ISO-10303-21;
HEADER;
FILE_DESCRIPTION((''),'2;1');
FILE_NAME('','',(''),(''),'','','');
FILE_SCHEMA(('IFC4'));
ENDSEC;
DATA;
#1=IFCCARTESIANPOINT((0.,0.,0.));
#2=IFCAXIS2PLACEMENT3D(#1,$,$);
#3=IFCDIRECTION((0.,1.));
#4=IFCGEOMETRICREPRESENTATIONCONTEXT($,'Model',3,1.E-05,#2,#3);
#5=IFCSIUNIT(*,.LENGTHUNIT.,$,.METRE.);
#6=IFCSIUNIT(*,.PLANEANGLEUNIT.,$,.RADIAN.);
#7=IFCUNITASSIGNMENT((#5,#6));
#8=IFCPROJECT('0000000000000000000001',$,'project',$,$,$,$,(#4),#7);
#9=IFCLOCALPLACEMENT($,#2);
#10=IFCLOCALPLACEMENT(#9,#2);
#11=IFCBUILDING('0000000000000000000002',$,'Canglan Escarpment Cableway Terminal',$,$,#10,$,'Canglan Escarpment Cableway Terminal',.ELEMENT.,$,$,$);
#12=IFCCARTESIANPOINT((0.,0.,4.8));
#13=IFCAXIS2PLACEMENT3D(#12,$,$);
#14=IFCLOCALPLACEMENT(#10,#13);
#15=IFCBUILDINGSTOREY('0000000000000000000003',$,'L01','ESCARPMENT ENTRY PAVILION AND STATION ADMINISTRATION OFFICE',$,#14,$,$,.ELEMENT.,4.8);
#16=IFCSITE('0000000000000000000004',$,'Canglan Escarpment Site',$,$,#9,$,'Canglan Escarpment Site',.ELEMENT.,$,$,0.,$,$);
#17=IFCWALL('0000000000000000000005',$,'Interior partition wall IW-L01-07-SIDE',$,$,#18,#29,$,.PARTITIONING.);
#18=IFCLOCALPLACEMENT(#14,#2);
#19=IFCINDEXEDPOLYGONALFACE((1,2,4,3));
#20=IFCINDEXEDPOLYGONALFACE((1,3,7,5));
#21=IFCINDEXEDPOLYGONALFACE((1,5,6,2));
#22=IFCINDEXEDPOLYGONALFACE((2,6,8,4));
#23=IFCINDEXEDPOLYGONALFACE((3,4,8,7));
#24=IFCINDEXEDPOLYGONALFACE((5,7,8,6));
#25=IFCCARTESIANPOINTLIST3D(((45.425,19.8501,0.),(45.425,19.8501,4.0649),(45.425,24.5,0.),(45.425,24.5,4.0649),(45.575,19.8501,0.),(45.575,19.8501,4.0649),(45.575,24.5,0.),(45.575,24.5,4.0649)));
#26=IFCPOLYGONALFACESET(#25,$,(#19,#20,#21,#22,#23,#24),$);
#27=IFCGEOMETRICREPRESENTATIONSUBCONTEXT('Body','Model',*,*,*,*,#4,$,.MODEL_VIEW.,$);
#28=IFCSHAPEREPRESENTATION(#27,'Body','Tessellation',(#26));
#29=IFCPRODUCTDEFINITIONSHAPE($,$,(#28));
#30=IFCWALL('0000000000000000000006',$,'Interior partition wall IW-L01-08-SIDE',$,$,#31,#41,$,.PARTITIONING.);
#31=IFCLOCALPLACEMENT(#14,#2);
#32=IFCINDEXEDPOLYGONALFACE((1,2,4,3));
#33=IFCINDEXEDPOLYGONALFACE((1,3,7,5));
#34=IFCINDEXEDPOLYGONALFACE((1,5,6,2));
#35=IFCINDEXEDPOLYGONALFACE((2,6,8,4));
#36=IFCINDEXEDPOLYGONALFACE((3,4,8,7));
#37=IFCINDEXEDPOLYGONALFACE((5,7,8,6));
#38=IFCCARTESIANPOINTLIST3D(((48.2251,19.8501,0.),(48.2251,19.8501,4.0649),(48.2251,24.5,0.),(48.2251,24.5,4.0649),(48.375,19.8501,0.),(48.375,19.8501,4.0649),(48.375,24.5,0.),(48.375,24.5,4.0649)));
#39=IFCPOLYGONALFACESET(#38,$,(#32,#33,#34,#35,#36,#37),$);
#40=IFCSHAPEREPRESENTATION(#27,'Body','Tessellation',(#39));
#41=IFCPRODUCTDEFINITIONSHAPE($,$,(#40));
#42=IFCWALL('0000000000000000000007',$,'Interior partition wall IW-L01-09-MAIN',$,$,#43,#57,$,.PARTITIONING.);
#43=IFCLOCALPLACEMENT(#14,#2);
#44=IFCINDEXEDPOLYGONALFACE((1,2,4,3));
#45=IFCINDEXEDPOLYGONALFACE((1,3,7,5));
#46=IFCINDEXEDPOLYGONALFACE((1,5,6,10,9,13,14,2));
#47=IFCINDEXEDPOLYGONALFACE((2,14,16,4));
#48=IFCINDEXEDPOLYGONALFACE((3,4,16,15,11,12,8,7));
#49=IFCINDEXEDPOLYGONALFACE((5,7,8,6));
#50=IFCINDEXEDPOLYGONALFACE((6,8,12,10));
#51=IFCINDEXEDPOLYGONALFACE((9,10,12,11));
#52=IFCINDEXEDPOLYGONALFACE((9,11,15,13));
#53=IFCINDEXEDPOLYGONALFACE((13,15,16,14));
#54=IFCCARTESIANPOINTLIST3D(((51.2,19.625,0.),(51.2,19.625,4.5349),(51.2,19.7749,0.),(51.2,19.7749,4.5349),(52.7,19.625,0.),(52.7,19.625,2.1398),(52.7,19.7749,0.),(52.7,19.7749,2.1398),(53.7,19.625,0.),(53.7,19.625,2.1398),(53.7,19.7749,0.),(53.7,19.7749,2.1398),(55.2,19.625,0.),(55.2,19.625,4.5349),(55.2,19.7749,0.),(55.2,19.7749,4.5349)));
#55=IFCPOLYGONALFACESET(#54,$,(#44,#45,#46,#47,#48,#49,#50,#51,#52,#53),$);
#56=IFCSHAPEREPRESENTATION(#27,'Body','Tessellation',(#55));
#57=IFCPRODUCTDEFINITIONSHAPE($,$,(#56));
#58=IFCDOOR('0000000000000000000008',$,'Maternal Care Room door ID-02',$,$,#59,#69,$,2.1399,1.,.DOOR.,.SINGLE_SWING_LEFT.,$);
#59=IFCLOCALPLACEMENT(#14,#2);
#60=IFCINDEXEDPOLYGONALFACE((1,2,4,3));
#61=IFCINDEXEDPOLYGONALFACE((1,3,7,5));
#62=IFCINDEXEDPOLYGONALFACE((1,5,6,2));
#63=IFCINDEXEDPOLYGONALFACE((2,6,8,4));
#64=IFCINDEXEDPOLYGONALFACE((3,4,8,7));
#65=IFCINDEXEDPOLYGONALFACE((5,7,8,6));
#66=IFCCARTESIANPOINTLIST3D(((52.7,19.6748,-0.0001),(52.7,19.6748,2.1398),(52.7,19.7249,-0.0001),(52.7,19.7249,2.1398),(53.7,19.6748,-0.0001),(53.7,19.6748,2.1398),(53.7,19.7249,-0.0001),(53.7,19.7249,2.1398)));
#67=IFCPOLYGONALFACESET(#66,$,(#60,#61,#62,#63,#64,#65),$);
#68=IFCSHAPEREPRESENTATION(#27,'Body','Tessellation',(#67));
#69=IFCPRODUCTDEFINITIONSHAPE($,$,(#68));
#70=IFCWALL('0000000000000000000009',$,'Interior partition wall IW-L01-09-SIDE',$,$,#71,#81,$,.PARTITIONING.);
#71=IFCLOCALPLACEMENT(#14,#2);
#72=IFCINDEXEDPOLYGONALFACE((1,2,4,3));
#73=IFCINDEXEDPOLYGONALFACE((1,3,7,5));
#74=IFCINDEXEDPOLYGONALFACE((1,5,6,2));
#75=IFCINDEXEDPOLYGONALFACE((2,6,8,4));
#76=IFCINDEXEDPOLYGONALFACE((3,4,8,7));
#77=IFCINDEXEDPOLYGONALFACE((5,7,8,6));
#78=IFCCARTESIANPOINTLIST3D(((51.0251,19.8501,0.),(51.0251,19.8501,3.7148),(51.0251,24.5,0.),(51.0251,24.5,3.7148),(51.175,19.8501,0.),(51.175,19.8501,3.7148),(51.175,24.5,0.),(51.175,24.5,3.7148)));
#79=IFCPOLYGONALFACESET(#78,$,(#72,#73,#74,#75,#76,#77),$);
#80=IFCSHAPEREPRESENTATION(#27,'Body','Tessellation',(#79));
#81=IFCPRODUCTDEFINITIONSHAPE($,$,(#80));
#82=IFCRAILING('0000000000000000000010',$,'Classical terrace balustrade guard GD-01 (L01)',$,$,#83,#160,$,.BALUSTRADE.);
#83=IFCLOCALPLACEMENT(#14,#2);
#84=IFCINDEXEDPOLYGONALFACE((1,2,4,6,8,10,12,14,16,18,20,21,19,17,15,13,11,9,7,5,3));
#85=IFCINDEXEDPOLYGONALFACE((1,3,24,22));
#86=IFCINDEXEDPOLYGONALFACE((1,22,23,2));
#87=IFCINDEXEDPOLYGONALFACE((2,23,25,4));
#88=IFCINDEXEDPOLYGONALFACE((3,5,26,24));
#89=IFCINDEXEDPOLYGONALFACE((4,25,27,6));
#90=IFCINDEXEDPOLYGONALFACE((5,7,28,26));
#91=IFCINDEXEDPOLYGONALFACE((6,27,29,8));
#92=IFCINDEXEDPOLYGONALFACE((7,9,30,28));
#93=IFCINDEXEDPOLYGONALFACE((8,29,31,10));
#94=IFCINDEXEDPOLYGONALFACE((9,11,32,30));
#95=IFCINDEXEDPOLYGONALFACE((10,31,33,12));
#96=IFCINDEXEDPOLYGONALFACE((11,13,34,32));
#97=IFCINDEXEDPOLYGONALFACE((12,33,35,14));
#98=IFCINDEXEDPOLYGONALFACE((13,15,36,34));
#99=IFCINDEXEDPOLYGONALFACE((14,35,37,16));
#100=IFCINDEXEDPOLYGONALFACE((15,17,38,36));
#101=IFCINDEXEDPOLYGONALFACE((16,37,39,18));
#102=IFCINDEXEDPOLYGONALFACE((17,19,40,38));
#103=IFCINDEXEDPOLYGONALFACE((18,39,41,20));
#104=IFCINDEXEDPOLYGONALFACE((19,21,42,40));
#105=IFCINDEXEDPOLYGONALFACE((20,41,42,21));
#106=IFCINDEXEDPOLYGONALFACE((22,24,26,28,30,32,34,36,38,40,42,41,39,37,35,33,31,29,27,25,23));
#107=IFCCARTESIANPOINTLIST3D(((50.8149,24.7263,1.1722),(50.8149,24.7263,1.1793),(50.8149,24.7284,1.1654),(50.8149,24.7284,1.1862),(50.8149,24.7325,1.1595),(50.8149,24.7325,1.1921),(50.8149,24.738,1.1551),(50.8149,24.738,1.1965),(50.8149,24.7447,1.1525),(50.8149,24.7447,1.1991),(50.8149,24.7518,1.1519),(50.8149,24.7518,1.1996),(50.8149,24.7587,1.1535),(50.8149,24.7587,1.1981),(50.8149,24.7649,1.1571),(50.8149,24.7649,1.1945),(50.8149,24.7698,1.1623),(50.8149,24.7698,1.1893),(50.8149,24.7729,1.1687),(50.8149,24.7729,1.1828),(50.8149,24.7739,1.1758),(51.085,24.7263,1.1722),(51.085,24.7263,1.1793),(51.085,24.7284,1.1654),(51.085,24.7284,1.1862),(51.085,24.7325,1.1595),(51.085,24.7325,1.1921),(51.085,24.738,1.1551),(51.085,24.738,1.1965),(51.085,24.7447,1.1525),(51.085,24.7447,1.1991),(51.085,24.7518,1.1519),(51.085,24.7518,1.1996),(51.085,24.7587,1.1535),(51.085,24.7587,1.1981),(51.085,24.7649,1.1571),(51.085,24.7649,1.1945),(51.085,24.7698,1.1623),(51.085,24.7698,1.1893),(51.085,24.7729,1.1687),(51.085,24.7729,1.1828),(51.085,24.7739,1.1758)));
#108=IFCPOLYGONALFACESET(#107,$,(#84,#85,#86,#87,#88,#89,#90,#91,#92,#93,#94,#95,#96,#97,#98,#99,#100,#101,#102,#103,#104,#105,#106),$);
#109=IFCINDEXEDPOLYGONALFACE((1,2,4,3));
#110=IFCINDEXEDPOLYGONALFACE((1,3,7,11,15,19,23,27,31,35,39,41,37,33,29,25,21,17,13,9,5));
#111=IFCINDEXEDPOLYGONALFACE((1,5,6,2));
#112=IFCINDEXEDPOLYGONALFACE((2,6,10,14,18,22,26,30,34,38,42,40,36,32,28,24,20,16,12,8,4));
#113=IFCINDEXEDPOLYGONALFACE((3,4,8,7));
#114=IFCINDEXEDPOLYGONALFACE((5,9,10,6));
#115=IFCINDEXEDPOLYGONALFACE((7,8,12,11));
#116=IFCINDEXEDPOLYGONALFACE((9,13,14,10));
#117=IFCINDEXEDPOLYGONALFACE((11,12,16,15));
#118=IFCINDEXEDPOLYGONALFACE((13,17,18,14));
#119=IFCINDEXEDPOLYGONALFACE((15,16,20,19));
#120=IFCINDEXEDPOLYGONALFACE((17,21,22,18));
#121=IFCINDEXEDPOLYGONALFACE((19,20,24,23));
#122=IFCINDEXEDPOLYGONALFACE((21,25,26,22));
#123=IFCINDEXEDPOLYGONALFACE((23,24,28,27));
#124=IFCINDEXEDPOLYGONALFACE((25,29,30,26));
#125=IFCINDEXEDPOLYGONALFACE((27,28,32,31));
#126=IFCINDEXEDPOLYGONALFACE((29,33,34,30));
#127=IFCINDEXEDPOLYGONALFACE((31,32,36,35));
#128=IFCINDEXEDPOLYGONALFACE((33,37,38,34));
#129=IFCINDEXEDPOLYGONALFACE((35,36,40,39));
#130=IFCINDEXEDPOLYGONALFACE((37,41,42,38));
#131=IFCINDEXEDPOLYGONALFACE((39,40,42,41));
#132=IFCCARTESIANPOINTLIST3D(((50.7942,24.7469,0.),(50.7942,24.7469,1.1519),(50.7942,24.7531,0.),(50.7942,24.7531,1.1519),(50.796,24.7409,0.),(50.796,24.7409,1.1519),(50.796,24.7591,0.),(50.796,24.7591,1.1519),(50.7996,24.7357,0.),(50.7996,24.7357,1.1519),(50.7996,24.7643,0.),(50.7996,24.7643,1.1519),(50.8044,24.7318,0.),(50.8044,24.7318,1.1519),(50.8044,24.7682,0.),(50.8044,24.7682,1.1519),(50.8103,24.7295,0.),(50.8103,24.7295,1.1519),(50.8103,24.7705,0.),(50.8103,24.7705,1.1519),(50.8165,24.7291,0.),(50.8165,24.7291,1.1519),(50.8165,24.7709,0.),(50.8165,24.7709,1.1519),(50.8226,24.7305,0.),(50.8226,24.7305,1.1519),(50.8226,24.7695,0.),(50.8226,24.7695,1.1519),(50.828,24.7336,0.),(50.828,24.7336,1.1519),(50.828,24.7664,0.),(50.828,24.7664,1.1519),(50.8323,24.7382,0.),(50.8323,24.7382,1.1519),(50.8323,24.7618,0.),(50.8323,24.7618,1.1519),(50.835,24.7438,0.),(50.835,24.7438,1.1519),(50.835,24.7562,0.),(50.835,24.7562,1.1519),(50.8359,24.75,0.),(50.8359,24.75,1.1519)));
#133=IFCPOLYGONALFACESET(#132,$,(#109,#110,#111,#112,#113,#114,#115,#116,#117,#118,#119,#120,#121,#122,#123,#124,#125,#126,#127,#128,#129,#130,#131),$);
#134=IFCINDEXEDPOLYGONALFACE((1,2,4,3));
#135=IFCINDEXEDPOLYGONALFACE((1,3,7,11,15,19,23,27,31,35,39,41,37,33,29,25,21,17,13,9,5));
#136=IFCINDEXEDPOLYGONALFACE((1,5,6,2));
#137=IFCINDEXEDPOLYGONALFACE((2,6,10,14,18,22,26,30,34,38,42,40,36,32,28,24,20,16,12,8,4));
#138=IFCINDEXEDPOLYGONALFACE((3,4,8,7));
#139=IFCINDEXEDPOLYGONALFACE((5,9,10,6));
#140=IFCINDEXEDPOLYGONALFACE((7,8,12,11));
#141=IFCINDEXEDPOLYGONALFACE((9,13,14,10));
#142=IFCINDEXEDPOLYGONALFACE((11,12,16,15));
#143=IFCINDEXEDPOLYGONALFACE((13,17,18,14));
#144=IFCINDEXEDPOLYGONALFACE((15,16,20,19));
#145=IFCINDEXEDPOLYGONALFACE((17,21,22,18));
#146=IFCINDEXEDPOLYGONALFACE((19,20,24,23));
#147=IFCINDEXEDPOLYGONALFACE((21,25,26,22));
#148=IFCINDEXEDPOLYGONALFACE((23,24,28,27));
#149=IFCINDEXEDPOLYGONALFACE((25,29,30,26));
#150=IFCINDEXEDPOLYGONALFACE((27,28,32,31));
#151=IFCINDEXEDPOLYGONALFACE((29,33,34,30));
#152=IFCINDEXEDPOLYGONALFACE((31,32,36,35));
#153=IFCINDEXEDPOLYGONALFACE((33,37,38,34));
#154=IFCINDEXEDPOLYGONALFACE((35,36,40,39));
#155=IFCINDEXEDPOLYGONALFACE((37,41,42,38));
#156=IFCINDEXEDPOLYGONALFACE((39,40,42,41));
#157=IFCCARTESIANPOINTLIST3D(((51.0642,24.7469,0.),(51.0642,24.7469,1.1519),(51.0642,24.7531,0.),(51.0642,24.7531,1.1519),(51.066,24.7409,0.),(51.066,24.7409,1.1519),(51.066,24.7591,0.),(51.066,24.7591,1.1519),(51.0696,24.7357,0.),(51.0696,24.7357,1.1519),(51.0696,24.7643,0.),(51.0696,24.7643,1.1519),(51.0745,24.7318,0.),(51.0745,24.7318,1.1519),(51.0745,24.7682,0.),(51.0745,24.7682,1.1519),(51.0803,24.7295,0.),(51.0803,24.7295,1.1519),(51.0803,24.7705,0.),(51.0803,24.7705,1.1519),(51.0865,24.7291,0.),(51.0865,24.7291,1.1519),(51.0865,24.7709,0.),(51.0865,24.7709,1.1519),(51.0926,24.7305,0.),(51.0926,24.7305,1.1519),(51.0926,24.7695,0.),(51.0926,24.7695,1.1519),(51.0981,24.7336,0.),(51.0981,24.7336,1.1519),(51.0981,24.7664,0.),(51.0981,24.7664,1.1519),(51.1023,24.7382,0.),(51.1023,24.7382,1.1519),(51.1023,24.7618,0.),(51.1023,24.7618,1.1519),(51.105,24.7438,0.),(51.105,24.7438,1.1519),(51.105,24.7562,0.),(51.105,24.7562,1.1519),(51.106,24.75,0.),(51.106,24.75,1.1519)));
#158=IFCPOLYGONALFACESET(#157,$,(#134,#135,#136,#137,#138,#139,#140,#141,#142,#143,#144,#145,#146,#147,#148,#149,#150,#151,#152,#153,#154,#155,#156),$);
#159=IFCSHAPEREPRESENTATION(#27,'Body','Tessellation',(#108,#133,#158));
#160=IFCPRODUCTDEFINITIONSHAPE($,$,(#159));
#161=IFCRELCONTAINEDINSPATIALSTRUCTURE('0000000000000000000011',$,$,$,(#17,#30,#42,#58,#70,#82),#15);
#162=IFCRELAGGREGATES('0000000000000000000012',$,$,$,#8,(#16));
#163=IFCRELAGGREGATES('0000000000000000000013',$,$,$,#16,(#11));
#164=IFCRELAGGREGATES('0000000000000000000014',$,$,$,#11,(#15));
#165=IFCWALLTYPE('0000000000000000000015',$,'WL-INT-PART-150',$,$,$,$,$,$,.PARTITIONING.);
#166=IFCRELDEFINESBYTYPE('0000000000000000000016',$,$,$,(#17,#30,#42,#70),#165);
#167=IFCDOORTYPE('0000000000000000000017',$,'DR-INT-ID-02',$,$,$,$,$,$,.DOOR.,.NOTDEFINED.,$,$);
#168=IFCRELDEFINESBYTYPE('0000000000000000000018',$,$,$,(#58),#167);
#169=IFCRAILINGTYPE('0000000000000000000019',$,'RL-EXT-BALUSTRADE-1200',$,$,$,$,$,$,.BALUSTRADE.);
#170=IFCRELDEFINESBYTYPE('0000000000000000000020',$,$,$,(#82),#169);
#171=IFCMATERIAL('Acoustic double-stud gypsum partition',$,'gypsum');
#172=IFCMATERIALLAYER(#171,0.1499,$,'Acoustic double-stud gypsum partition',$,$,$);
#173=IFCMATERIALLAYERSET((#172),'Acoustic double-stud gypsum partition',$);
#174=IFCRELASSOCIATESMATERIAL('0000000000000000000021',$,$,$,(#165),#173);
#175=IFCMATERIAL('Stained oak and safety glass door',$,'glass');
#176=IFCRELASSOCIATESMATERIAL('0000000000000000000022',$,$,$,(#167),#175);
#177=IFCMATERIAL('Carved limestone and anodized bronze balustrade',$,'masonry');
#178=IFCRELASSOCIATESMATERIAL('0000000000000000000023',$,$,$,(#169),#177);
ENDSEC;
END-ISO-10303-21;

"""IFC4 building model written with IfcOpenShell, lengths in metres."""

from ifc_helpers import new_model, si_unit, direction, frame, frame_2d, origin, origin_2d, place, context, subcontext, project, spatial, rectangle, circle, extrude, material, layer, layer_set, type_object, element, fill, save


model = new_model("IFC4")

# Units and contexts
model_context = context("Model", 3, precision=1e-05, world=origin(), true_north=direction((0.0, 1.0)))
body_context = subcontext(model_context, "Body", "Model", "MODEL_VIEW")
ifc_project = project(units=[si_unit("LENGTHUNIT", "METRE"), si_unit("PLANEANGLEUNIT", "RADIAN")], contexts=[model_context])

# Site, building, storey
site_placement = place(None, origin())
site = spatial("IfcSite", under=ifc_project, at=site_placement, Name="Canglan Escarpment Site", LongName="Canglan Escarpment Site", CompositionType="ELEMENT", RefElevation=0.0)
building_placement = place(site_placement, origin())
building = spatial("IfcBuilding", under=site, at=building_placement, Name="Canglan Escarpment Cableway Terminal", LongName="Canglan Escarpment Cableway Terminal", CompositionType="ELEMENT")
storey_placement = place(building_placement, frame((0.0, 0.0, 4.8)))
storey = spatial("IfcBuildingStorey", under=building, at=storey_placement, Name="L01", Description="ESCARPMENT ENTRY PAVILION AND STATION ADMINISTRATION OFFICE", CompositionType="ELEMENT", Elevation=4.8)

# Shared definitions
ifc_material_1 = material(Name="Stained oak and safety glass door", Category="glass")

# Walls
ifc_material_2 = material(Name="Acoustic double-stud gypsum partition", Category="gypsum")
ifc_layer_1 = layer(ifc_material_2, 0.1499, Name="Acoustic double-stud gypsum partition")
ifc_layer_set_1 = layer_set([ifc_layer_1], Name="Acoustic double-stud gypsum partition")
wall_type_1 = type_object("IfcWallType", Name="WL-INT-PART-150", PredefinedType="PARTITIONING", material=ifc_layer_set_1)
for number, where, z_axis, x_axis, name in (
    (1, (45.5, 19.8501, 0.0), (0.0, 0.0, 1.0), (0.0, 1.0, 0.0), "Interior partition wall IW-L01-07-SIDE"),
    (2, (48.3, 19.8501, 0.0), (0.0, 0.0, 1.0), (0.0, 1.0, 0.0), "Interior partition wall IW-L01-08-SIDE"),
):
    element("IfcWall", number, at=place(storey_placement, frame(where, z_axis=z_axis, x_axis=x_axis)), inside=storey, type_object=wall_type_1, Name=name, PredefinedType="PARTITIONING", context=body_context, shape_type="SweptSolid", body=[
        extrude(rectangle(XDim=4.6499, YDim=0.1499, at=frame_2d((2.325, 0.0))), origin(), (0.0, 0.0, 1.0), 4.0649),
    ])

# Wall, opening, door
wall_1_placement = place(storey_placement, frame((51.2, 19.7, 0.0), z_axis=(0.0, 0.0, 1.0), x_axis=(1.0, 0.0, 0.0)))
wall_1 = element("IfcWall", 3, at=wall_1_placement, inside=storey, type_object=wall_type_1, Name="Interior partition wall IW-L01-09-MAIN", PredefinedType="PARTITIONING", context=body_context, shape_type="SweptSolid", body=[
    extrude(rectangle(XDim=4.0, YDim=0.1499, at=frame_2d((2.0, 0.0))), origin(), (0.0, 0.0, 1.0), 4.5349),
])
opening_1_placement = place(wall_1_placement, frame((1.5, 0.0, 0.0)))
opening_1 = element("IfcOpeningElement", 4, at=opening_1_placement, cuts=wall_1, PredefinedType="OPENING", context=body_context, shape_type="SweptSolid", body=[
    extrude(rectangle(XDim=1.0, YDim=2.1399, at=frame_2d((0.5, 1.0698))), frame((0.0, 0.085, 0.0), z_axis=(0.0, -1.0, 0.0), x_axis=(1.0, 0.0, 0.0)), (0.0, 0.0, 1.0), 0.1699),
])
door_type_1 = type_object("IfcDoorType", Name="DR-INT-ID-02", OperationType="NOTDEFINED", PredefinedType="DOOR", material=ifc_material_1)
door_1_placement = place(opening_1_placement, origin())
door_1 = element("IfcDoor", 5, at=door_1_placement, inside=storey, type_object=door_type_1, Name="Maternal Care Room door ID-02", OperationType="SINGLE_SWING_LEFT", OverallHeight=2.1399, OverallWidth=1.0, PredefinedType="DOOR", context=body_context, shape_type="SweptSolid", body=[
    extrude(rectangle(XDim=1.0, YDim=2.1399, at=frame_2d((0.5, 1.0698))), frame((0.0, 0.0249, 0.0), z_axis=(0.0, -1.0, 0.0), x_axis=(1.0, 0.0, 0.0)), (0.0, 0.0, 1.0), 0.05),
])
fill(opening_1, door_1)

# Wall
wall_2_placement = place(storey_placement, frame((51.1001, 19.8501, 0.0), z_axis=(0.0, 0.0, 1.0), x_axis=(0.0, 1.0, 0.0)))
element("IfcWall", 6, at=wall_2_placement, inside=storey, type_object=wall_type_1, Name="Interior partition wall IW-L01-09-SIDE", PredefinedType="PARTITIONING", context=body_context, shape_type="SweptSolid", body=[
    extrude(rectangle(XDim=4.6499, YDim=0.1499, at=frame_2d((2.325, 0.0))), origin(), (0.0, 0.0, 1.0), 3.7148),
])

# Railing
ifc_material_3 = material(Name="Carved limestone and anodized bronze balustrade", Category="masonry")
railing_type = type_object("IfcRailingType", Name="RL-EXT-BALUSTRADE-1200", PredefinedType="BALUSTRADE", material=ifc_material_3)
railing_placement = place(storey_placement, frame((50.8149, 24.75, 0.0)))
element("IfcRailing", 7, at=railing_placement, inside=storey, type_object=railing_type, Name="Classical terrace balustrade guard GD-01 (L01)", PredefinedType="BALUSTRADE", context=body_context, shape_type="SweptSolid", body=[
    extrude(circle(Radius=0.0239, at=origin_2d()), frame((0.0, 0.0, 1.1758), z_axis=(1.0, 0.0, 0.0), x_axis=(0.0, 1.0, 0.0)), (0.0, 0.0, 1.0), 0.27),
    extrude(circle(Radius=0.021, at=origin_2d()), origin(), (0.0, 0.0, 1.0), 1.1519),
    extrude(circle(Radius=0.021, at=origin_2d()), frame((0.27, 0.0, 0.0)), (0.0, 0.0, 1.0), 1.1519),
])

save(model, "model.ifc")
